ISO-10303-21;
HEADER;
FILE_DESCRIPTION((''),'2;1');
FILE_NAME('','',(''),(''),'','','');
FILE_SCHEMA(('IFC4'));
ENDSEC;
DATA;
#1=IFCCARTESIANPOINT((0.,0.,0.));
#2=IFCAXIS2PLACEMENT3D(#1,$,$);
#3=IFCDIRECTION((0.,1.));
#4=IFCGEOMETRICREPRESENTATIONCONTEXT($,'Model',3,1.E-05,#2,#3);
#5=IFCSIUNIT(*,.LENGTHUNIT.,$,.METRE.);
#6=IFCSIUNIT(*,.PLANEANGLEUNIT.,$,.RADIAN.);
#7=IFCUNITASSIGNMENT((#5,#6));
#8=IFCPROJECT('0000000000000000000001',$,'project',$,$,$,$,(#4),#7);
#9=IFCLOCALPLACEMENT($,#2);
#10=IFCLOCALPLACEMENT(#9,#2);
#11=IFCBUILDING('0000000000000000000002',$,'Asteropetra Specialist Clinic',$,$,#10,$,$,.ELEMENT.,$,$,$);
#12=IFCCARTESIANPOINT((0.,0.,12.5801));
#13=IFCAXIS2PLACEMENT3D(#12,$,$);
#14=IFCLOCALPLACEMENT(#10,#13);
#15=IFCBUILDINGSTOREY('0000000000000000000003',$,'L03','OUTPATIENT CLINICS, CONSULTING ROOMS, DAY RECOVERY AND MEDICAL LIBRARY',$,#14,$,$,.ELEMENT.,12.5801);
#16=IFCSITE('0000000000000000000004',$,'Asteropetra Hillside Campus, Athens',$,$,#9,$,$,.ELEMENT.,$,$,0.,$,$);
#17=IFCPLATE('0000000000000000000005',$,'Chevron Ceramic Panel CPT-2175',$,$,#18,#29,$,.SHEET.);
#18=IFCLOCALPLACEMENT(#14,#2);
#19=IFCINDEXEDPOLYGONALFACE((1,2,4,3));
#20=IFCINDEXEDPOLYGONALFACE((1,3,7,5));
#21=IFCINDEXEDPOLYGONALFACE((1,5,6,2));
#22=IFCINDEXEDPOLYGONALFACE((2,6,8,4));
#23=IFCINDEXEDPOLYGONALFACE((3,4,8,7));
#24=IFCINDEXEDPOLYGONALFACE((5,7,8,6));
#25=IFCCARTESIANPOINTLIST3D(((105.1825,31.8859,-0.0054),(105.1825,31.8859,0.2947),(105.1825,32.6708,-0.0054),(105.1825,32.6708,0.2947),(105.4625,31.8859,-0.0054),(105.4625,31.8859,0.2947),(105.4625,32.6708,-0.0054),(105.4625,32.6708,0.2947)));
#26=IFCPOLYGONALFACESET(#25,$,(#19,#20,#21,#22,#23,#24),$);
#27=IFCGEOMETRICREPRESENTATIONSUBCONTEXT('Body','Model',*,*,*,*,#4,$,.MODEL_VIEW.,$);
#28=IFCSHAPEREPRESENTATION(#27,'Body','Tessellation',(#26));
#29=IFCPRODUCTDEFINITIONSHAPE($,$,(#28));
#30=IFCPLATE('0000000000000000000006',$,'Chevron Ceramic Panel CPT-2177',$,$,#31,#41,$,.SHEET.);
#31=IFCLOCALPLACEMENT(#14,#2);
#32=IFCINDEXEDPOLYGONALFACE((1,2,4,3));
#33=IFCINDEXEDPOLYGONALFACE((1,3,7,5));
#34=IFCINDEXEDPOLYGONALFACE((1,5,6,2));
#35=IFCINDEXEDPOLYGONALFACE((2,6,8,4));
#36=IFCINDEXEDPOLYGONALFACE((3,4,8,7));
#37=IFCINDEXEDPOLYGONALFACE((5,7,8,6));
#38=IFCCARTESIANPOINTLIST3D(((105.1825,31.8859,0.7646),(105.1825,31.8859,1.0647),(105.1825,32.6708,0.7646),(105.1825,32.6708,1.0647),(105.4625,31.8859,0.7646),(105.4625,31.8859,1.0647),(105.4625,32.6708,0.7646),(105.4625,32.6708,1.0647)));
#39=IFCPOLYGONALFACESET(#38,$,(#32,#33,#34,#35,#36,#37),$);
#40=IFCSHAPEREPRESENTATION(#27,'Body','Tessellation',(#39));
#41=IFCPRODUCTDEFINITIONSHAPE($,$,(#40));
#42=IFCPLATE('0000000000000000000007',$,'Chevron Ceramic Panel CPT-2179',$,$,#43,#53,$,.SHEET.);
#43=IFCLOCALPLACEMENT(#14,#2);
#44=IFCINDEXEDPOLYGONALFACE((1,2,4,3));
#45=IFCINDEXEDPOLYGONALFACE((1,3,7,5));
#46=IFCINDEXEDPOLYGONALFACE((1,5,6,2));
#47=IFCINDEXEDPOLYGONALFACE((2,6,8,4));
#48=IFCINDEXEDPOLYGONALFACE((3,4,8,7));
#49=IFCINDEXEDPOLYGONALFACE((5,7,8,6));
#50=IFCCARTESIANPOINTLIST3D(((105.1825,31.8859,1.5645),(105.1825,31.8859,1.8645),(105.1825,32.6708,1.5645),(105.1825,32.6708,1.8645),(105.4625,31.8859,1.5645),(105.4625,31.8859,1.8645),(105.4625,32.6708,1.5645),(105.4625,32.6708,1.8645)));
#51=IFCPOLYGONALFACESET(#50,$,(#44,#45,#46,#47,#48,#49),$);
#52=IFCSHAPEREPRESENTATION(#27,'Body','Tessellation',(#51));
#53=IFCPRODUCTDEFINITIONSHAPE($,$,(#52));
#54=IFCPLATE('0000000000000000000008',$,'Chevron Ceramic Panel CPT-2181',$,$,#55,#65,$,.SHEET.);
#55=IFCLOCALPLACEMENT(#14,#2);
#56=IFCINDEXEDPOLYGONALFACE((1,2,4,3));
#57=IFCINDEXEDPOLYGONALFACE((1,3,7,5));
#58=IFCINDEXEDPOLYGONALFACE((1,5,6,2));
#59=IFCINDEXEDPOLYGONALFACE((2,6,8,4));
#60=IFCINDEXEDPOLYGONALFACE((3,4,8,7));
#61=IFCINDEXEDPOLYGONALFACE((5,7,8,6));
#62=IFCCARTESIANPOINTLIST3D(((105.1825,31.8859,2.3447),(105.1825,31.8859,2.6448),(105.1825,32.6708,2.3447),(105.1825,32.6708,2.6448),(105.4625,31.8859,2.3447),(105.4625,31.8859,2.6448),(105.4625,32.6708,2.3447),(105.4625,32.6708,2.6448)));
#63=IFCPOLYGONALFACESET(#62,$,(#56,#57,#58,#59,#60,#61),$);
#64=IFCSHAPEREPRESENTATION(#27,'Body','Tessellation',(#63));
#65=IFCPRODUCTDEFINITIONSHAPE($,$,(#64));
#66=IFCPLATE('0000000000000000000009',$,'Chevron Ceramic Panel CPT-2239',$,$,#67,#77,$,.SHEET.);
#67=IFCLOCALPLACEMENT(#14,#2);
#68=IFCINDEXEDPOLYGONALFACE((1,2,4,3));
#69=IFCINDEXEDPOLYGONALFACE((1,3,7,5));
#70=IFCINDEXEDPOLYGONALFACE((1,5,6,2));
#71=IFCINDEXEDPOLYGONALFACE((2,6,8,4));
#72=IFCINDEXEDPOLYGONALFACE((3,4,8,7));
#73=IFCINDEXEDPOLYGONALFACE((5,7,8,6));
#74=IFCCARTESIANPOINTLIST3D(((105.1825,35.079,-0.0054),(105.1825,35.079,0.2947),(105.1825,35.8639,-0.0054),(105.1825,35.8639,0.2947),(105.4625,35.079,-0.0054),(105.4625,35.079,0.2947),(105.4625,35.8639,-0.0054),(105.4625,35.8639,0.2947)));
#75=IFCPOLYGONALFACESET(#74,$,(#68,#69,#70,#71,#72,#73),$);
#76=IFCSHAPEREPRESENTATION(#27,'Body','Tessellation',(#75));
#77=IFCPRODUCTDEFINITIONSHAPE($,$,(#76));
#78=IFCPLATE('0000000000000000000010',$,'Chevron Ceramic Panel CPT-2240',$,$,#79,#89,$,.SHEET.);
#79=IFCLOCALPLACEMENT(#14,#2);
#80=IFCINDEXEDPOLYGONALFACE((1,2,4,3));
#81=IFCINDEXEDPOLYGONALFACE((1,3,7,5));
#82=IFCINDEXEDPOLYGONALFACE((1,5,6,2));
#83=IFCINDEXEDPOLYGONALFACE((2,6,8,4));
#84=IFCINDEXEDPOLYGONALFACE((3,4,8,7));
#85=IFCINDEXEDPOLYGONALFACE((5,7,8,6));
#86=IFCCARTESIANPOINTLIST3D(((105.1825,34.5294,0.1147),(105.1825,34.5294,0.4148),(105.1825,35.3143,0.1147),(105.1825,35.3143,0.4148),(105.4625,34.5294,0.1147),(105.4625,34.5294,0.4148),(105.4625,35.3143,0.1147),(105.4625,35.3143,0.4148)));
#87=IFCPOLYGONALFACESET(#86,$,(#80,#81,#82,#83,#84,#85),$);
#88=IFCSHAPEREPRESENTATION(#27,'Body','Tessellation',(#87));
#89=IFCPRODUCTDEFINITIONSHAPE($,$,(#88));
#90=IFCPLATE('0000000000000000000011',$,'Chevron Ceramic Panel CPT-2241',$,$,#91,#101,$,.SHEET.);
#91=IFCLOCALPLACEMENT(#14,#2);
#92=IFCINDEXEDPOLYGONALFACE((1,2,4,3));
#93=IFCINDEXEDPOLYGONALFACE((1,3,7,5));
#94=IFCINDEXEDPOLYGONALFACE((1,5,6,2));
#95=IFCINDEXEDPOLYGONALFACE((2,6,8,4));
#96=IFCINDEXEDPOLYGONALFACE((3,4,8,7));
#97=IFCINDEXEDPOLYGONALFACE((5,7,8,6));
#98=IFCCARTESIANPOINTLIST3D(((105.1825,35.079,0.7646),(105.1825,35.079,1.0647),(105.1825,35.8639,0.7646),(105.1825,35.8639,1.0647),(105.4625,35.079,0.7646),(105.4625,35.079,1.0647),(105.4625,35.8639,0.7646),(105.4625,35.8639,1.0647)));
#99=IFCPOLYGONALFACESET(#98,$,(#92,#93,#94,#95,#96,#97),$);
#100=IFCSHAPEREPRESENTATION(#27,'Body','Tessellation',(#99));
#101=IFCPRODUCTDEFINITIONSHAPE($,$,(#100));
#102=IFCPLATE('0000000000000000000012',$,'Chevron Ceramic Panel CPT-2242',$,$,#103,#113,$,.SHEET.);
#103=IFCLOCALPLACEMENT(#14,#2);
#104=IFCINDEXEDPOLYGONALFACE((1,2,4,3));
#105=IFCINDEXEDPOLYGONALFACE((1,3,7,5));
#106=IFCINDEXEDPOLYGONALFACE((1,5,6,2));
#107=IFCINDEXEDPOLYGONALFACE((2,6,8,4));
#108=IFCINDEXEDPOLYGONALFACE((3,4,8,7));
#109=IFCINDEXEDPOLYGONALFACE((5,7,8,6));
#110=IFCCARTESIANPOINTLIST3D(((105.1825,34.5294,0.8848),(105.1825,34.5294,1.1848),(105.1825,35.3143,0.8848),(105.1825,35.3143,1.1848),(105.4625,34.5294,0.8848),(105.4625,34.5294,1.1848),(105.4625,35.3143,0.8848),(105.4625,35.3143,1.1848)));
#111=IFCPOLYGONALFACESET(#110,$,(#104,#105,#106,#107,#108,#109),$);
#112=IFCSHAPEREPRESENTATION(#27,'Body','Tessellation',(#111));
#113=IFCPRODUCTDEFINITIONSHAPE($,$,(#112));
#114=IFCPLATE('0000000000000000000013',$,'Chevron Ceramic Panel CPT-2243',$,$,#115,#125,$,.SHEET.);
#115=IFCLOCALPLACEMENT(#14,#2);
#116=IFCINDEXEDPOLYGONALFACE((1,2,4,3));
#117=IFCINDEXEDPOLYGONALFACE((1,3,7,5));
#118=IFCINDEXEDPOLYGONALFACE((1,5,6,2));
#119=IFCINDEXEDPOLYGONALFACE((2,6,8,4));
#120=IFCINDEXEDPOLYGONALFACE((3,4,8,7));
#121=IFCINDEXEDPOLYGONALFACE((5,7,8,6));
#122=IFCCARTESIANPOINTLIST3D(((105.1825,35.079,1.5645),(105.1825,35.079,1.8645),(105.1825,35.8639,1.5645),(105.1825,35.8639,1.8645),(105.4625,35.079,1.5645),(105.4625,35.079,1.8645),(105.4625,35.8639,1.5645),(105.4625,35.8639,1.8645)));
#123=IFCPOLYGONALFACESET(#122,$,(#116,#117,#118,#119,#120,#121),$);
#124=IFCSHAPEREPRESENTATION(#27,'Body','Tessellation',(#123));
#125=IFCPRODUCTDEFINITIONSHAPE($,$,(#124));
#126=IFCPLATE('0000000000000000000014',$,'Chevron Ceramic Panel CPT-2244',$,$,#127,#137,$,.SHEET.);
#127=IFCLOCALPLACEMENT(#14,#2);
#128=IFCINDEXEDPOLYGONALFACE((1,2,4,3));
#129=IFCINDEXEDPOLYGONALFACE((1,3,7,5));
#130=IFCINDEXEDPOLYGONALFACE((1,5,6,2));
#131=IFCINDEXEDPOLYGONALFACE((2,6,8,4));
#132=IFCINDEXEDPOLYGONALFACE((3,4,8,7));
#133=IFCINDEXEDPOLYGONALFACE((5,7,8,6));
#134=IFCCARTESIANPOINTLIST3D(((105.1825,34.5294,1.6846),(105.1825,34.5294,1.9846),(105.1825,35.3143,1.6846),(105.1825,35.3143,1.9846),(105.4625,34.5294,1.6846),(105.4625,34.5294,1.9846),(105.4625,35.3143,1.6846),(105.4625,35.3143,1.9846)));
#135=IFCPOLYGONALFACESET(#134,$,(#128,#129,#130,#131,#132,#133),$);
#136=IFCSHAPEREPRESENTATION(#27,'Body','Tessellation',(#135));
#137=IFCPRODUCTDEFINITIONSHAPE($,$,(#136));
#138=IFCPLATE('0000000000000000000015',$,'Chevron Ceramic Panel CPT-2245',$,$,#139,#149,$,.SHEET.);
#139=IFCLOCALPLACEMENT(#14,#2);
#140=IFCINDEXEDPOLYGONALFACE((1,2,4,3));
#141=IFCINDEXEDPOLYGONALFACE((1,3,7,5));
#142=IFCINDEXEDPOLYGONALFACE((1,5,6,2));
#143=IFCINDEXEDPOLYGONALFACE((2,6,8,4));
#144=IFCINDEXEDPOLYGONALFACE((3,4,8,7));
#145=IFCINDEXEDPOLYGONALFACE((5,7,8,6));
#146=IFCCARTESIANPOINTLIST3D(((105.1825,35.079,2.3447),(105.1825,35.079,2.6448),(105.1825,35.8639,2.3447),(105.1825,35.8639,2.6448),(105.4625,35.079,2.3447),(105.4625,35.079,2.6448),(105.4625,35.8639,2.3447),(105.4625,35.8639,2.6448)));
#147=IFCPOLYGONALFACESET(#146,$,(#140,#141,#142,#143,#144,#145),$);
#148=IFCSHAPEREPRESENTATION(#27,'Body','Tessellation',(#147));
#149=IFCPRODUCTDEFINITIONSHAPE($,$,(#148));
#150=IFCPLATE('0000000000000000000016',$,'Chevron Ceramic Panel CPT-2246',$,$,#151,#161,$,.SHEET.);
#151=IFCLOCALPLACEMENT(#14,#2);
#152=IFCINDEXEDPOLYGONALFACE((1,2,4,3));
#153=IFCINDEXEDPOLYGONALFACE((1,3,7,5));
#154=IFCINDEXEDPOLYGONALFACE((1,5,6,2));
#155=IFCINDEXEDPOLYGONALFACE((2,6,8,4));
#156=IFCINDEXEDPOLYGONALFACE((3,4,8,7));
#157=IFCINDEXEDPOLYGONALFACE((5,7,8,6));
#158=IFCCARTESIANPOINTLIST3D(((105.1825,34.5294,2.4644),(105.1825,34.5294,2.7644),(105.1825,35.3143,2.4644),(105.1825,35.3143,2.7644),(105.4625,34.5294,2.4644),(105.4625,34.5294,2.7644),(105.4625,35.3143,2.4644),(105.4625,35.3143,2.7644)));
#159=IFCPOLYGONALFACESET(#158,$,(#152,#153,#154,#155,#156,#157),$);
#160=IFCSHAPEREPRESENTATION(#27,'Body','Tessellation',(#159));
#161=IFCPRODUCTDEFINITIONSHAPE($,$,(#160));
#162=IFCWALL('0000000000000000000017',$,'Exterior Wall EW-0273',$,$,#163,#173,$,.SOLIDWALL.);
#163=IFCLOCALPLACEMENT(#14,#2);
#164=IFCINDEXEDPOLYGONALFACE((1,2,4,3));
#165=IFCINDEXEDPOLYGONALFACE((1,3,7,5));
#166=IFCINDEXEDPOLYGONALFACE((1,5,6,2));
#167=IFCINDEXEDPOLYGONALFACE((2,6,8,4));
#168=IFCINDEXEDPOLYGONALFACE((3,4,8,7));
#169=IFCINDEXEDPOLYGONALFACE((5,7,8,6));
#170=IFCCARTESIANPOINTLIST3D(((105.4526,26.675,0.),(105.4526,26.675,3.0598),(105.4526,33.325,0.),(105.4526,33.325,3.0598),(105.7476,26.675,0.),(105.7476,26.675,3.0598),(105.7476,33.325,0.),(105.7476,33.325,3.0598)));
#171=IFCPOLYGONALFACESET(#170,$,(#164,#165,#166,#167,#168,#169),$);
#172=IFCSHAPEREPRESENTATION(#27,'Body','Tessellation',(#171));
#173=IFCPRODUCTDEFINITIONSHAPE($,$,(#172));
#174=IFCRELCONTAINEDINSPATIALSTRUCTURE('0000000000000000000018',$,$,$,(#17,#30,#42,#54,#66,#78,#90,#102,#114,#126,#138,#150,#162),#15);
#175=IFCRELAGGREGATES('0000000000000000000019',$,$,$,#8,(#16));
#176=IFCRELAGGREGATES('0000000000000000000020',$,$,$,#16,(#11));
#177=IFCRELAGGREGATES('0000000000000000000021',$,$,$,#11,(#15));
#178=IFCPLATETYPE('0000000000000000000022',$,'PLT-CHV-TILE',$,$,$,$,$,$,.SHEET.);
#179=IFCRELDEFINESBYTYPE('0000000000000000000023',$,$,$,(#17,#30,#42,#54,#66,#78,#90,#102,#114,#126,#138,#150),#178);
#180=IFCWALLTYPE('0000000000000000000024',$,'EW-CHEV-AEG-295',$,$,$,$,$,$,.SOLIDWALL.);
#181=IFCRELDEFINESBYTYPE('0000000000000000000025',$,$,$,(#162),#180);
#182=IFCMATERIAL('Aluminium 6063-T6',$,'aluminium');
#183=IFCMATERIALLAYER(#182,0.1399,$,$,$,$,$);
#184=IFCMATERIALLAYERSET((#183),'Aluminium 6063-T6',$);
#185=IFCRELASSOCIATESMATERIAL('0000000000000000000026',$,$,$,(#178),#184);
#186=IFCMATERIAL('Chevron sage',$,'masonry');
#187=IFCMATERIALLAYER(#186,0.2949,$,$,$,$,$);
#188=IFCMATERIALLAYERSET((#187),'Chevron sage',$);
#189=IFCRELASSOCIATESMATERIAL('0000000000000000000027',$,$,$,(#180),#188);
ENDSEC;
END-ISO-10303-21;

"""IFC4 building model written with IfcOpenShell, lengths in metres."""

from ifc_helpers import new_model, si_unit, direction, frame, frame_2d, origin, origin_2d, place, context, subcontext, project, spatial, rectangle, extrude, material, layer, layer_set, type_object, element, save


model = new_model("IFC4")

# Units and contexts
model_context = context("Model", 3, precision=1e-05, world=origin(), true_north=direction((0.0, 1.0)))
body_context = subcontext(model_context, "Body", "Model", "MODEL_VIEW")
ifc_project = project(units=[si_unit("LENGTHUNIT", "METRE"), si_unit("PLANEANGLEUNIT", "RADIAN")], contexts=[model_context])

# Site, building, storey
site_placement = place(None, origin())
site = spatial("IfcSite", under=ifc_project, at=site_placement, Name="Asteropetra Hillside Campus, Athens", CompositionType="ELEMENT", RefElevation=0.0)
building_placement = place(site_placement, origin())
building = spatial("IfcBuilding", under=site, at=building_placement, Name="Asteropetra Specialist Clinic", CompositionType="ELEMENT")
storey_placement = place(building_placement, frame((0.0, 0.0, 12.5801)))
storey = spatial("IfcBuildingStorey", under=building, at=storey_placement, Name="L03", Description="OUTPATIENT CLINICS, CONSULTING ROOMS, DAY RECOVERY AND MEDICAL LIBRARY", CompositionType="ELEMENT", Elevation=12.5801)

# Plates
ifc_material_1 = material(Name="Aluminium 6063-T6", Category="aluminium")
ifc_layer_1 = layer(ifc_material_1, 0.1399)
ifc_layer_set_1 = layer_set([ifc_layer_1], Name="Aluminium 6063-T6")
plate_type_1 = type_object("IfcPlateType", Name="PLT-CHV-TILE", PredefinedType="SHEET", material=ifc_layer_set_1)
for number, where, z_axis, x_axis, name in (
    (1, (105.3225, 32.2783, -0.0054), (0.0, 0.0, 1.0), (1.0, 0.0, 0.0), "Chevron Ceramic Panel CPT-2175"),
    (2, (105.3225, 32.2783, 0.7646), (0.0, 0.0, 1.0), (1.0, 0.0, 0.0), "Chevron Ceramic Panel CPT-2177"),
    (3, (105.3225, 32.2783, 1.5645), (0.0, 0.0, 1.0), (1.0, 0.0, 0.0), "Chevron Ceramic Panel CPT-2179"),
    (4, (105.3225, 32.2783, 2.3447), (0.0, 0.0, 1.0), (1.0, 0.0, 0.0), "Chevron Ceramic Panel CPT-2181"),
    (5, (105.3225, 35.4714, -0.0054), (0.0, 0.0, 1.0), (1.0, 0.0, 0.0), "Chevron Ceramic Panel CPT-2239"),
    (6, (105.3225, 34.9219, 0.1147), (0.0, 0.0, 1.0), (1.0, 0.0, 0.0), "Chevron Ceramic Panel CPT-2240"),
    (7, (105.3225, 35.4714, 0.7646), (0.0, 0.0, 1.0), (1.0, 0.0, 0.0), "Chevron Ceramic Panel CPT-2241"),
    (8, (105.3225, 34.9219, 0.8848), (0.0, 0.0, 1.0), (1.0, 0.0, 0.0), "Chevron Ceramic Panel CPT-2242"),
    (9, (105.3225, 35.4714, 1.5645), (0.0, 0.0, 1.0), (1.0, 0.0, 0.0), "Chevron Ceramic Panel CPT-2243"),
    (10, (105.3225, 34.9219, 1.6846), (0.0, 0.0, 1.0), (1.0, 0.0, 0.0), "Chevron Ceramic Panel CPT-2244"),
    (11, (105.3225, 35.4714, 2.3447), (0.0, 0.0, 1.0), (1.0, 0.0, 0.0), "Chevron Ceramic Panel CPT-2245"),
    (12, (105.3225, 34.9219, 2.4644), (0.0, 0.0, 1.0), (1.0, 0.0, 0.0), "Chevron Ceramic Panel CPT-2246"),
):
    element("IfcPlate", number, at=place(storey_placement, frame(where, z_axis=z_axis, x_axis=x_axis)), inside=storey, type_object=plate_type_1, Name=name, PredefinedType="SHEET", context=body_context, shape_type="SweptSolid", body=[
        extrude(rectangle(XDim=0.28, YDim=0.7849, at=origin_2d()), origin(), (0.0, 0.0, 1.0), 0.3),
    ])

# Wall
ifc_material_2 = material(Name="Chevron sage", Category="masonry")
ifc_layer_2 = layer(ifc_material_2, 0.2949)
ifc_layer_set_2 = layer_set([ifc_layer_2], Name="Chevron sage")
wall_type = type_object("IfcWallType", Name="EW-CHEV-AEG-295", PredefinedType="SOLIDWALL", material=ifc_layer_set_2)
wall_placement = place(storey_placement, frame((105.6001, 33.325, 0.0), z_axis=(0.0, 0.0, 1.0), x_axis=(0.0, -1.0, 0.0)))
element("IfcWall", 13, at=wall_placement, inside=storey, type_object=wall_type, Name="Exterior Wall EW-0273", PredefinedType="SOLIDWALL", context=body_context, shape_type="SweptSolid", body=[
    extrude(rectangle(XDim=6.6499, YDim=0.2949, at=frame_2d((3.325, 0.0))), origin(), (0.0, 0.0, 1.0), 3.0598),
])

save(model, "model.ifc")
